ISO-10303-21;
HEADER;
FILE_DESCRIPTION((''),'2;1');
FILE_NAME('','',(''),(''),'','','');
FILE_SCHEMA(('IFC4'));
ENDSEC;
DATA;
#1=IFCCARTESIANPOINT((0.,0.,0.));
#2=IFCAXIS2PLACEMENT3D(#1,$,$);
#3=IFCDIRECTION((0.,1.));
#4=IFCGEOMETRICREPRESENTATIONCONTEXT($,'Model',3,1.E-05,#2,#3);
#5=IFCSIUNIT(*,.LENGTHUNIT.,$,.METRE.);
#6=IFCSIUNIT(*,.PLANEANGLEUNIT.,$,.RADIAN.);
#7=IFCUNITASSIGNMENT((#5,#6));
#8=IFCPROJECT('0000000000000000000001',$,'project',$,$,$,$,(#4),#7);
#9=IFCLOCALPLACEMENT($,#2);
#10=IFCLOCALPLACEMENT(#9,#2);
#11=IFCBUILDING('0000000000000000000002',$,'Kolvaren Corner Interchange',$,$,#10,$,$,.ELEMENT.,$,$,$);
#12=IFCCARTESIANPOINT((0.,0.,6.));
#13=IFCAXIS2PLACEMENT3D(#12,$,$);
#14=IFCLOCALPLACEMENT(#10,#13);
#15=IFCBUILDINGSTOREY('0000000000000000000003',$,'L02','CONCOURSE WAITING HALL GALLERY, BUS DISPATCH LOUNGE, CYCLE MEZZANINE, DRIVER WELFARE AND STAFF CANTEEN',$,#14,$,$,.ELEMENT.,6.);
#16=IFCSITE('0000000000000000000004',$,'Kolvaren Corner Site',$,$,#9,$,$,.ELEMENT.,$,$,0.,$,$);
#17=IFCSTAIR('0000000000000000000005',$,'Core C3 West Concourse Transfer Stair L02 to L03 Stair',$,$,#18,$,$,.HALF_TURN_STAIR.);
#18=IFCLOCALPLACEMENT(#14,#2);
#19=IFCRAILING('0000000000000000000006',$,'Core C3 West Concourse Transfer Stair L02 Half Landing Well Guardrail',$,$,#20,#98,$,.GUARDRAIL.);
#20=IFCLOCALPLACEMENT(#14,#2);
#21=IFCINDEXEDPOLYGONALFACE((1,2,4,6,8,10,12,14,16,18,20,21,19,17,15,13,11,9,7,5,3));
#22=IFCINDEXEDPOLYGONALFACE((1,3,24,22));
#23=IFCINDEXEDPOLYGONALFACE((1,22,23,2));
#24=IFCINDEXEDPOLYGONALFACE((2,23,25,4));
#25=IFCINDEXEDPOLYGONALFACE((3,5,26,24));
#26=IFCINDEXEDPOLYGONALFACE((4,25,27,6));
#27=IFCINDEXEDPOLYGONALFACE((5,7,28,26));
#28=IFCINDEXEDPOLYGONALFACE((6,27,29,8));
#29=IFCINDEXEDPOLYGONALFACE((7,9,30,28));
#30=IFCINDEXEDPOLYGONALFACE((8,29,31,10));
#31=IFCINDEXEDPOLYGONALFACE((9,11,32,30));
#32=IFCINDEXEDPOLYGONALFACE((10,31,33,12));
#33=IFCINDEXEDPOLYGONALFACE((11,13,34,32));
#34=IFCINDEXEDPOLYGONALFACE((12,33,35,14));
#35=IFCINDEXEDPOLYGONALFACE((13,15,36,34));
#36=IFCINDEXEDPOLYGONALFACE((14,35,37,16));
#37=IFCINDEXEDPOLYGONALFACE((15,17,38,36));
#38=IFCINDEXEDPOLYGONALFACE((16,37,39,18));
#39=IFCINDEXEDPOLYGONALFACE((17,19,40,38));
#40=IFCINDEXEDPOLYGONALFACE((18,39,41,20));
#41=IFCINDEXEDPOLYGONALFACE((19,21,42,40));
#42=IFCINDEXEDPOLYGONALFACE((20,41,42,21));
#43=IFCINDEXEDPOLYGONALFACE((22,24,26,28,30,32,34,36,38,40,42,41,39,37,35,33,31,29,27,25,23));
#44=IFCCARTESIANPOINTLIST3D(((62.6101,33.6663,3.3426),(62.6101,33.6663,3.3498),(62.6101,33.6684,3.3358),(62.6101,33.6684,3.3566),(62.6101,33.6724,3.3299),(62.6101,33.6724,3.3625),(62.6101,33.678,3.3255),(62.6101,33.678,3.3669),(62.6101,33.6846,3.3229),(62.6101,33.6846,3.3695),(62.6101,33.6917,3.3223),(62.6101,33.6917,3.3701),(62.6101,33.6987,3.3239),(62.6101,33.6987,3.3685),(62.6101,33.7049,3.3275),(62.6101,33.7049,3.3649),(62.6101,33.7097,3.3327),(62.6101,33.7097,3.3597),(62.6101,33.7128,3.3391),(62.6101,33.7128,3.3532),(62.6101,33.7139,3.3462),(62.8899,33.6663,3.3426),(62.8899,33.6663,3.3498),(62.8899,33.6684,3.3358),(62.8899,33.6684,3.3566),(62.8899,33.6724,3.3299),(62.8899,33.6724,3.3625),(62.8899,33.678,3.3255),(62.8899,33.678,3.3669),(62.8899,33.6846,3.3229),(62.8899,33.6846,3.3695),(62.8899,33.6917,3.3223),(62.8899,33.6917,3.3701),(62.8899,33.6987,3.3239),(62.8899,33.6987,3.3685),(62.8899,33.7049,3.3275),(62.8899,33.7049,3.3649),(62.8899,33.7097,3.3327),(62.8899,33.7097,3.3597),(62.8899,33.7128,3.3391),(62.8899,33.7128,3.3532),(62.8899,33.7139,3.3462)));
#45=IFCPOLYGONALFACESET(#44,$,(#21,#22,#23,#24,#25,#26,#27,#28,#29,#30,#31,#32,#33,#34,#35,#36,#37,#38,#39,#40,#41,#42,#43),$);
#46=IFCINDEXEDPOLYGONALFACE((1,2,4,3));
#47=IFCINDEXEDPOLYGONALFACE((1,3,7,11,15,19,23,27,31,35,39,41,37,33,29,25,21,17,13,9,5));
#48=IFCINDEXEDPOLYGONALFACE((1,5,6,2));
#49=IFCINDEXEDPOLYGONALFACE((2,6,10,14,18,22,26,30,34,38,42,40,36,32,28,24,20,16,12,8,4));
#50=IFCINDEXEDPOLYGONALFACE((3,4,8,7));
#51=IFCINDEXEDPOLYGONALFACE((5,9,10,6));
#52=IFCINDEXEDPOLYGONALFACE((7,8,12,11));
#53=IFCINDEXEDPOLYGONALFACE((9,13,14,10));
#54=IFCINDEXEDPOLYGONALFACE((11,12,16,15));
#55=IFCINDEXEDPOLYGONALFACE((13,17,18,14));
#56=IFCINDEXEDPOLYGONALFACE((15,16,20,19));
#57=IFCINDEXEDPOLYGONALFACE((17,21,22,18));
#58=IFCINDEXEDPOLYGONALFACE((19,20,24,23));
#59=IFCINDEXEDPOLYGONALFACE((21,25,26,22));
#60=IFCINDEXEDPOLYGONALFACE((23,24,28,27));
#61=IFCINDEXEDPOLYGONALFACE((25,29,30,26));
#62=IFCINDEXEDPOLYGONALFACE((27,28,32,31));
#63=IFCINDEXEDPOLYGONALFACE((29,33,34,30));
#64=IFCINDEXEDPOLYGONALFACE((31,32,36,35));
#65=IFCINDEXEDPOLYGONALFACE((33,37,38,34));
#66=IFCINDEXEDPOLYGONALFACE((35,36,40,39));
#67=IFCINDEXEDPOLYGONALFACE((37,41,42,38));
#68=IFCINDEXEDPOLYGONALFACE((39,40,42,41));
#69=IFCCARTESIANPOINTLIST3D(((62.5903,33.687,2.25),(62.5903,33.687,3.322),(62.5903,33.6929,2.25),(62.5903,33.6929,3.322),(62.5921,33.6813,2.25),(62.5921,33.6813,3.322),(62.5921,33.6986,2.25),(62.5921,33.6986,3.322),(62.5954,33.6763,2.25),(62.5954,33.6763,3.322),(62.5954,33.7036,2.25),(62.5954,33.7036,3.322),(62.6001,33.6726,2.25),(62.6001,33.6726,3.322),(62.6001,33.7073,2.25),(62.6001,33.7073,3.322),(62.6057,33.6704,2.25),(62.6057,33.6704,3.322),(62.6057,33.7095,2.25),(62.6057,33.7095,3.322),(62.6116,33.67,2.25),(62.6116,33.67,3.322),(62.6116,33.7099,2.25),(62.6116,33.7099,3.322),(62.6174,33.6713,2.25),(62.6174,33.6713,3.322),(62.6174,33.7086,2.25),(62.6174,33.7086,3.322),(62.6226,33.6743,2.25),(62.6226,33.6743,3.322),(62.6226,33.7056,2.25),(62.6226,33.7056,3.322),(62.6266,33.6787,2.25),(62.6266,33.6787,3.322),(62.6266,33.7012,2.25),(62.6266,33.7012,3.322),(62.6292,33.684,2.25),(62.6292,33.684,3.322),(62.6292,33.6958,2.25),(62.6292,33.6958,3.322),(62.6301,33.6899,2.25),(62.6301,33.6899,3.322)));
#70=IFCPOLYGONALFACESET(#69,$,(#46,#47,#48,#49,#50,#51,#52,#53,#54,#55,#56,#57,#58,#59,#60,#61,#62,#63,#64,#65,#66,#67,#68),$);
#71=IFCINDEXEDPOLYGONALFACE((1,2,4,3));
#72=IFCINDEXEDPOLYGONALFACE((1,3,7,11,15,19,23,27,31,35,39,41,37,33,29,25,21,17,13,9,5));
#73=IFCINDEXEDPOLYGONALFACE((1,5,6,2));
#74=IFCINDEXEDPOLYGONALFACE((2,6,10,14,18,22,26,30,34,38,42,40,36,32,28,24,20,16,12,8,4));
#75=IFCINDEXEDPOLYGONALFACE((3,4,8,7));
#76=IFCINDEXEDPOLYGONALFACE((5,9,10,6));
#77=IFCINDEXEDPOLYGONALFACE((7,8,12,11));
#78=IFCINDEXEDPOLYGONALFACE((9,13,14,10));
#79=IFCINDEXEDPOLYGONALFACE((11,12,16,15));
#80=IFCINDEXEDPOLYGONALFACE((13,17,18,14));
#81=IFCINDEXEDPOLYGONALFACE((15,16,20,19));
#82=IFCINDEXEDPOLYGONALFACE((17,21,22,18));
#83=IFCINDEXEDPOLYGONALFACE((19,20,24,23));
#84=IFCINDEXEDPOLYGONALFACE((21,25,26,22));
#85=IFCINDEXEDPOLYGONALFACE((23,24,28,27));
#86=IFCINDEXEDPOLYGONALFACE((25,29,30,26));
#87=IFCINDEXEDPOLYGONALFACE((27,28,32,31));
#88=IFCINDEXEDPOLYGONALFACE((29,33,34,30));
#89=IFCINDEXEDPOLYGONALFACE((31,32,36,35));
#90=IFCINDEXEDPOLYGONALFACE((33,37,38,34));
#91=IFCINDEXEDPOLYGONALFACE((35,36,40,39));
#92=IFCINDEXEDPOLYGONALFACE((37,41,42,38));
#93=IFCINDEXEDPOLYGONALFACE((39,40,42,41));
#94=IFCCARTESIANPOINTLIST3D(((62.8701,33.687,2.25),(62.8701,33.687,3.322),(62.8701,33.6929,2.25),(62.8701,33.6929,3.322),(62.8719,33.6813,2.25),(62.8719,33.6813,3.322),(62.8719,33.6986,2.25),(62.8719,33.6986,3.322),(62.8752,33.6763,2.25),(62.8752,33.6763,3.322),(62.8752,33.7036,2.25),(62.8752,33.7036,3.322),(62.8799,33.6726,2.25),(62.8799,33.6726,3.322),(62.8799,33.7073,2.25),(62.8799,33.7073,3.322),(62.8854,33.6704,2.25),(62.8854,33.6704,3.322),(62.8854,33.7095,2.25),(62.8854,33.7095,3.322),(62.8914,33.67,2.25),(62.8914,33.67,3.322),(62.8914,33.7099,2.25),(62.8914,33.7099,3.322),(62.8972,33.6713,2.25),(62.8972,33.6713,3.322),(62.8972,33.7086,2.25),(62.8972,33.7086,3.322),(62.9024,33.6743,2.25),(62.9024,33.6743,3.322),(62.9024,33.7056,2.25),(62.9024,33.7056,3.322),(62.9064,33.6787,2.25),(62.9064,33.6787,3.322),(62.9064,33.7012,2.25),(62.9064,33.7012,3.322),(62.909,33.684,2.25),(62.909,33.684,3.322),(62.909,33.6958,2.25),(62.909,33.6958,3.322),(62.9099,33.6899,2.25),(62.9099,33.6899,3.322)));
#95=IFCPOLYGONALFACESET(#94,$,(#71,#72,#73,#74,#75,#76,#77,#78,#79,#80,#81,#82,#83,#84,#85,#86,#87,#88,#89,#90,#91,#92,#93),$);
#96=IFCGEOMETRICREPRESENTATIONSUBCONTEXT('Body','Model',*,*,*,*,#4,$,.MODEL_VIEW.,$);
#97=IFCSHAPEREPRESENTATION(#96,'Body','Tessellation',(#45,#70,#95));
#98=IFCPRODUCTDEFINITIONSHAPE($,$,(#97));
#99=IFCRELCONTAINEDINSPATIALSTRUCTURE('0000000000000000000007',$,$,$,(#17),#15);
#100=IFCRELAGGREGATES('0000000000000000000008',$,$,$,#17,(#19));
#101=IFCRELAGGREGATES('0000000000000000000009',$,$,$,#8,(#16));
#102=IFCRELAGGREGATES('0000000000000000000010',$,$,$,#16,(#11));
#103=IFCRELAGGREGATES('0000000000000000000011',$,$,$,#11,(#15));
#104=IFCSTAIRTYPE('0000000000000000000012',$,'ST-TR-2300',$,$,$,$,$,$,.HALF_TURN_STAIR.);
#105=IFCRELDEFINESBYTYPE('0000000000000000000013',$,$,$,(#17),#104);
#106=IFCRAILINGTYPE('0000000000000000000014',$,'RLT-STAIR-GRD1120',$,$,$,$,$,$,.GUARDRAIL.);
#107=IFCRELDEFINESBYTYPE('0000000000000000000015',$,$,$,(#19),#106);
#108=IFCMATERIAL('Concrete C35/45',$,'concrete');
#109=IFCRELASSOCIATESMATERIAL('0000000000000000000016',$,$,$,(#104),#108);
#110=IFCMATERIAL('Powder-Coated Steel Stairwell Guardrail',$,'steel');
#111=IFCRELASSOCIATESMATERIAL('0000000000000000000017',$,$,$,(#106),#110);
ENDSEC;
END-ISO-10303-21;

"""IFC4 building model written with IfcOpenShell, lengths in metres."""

from ifc_helpers import new_model, si_unit, direction, frame, origin, origin_2d, place, context, subcontext, project, spatial, circle, extrude, material, type_object, element, aggregate, save


model = new_model("IFC4")

# Units and contexts
model_context = context("Model", 3, precision=1e-05, world=origin(), true_north=direction((0.0, 1.0)))
body_context = subcontext(model_context, "Body", "Model", "MODEL_VIEW")
ifc_project = project(units=[si_unit("LENGTHUNIT", "METRE"), si_unit("PLANEANGLEUNIT", "RADIAN")], contexts=[model_context])

# Site, building, storey
site_placement = place(None, origin())
site = spatial("IfcSite", under=ifc_project, at=site_placement, Name="Kolvaren Corner Site", CompositionType="ELEMENT", RefElevation=0.0)
building_placement = place(site_placement, origin())
building = spatial("IfcBuilding", under=site, at=building_placement, Name="Kolvaren Corner Interchange", CompositionType="ELEMENT")
storey_placement = place(building_placement, frame((0.0, 0.0, 6.0)))
storey = spatial("IfcBuildingStorey", under=building, at=storey_placement, Name="L02", Description="CONCOURSE WAITING HALL GALLERY, BUS DISPATCH LOUNGE, CYCLE MEZZANINE, DRIVER WELFARE AND STAFF CANTEEN", CompositionType="ELEMENT", Elevation=6.0)

# Stair
ifc_material_1 = material(Name="Concrete C35/45", Category="concrete")
stair_type = type_object("IfcStairType", Name="ST-TR-2300", PredefinedType="HALF_TURN_STAIR", material=ifc_material_1)
stair_placement = place(storey_placement, origin())
stair = element("IfcStair", 1, at=stair_placement, inside=storey, type_object=stair_type, Name="Core C3 West Concourse Transfer Stair L02 to L03 Stair", PredefinedType="HALF_TURN_STAIR")

# Railing
ifc_material_2 = material(Name="Powder-Coated Steel Stairwell Guardrail", Category="steel")
railing_type_1 = type_object("IfcRailingType", Name="RLT-STAIR-GRD1120", PredefinedType="GUARDRAIL", material=ifc_material_2)
railing_1_placement = place(storey_placement, frame((62.6101, 33.6899, 2.25)))
railing_1 = element("IfcRailing", 2, at=railing_1_placement, type_object=railing_type_1, Name="Core C3 West Concourse Transfer Stair L02 Half Landing Well Guardrail", PredefinedType="GUARDRAIL", context=body_context, shape_type="SweptSolid", body=[
    extrude(circle(Radius=0.0239, at=origin_2d()), frame((0.0, 0.0, 1.0962), z_axis=(1.0, 0.0, 0.0), x_axis=(0.0, 1.0, 0.0)), (0.0, 0.0, 1.0), 0.2798),
    extrude(circle(Radius=0.02, at=origin_2d()), origin(), (0.0, 0.0, 1.0), 1.072),
    extrude(circle(Radius=0.02, at=origin_2d()), frame((0.2798, 0.0, 0.0)), (0.0, 0.0, 1.0), 1.072),
])
aggregate(stair, [railing_1])

save(model, "model.ifc")
